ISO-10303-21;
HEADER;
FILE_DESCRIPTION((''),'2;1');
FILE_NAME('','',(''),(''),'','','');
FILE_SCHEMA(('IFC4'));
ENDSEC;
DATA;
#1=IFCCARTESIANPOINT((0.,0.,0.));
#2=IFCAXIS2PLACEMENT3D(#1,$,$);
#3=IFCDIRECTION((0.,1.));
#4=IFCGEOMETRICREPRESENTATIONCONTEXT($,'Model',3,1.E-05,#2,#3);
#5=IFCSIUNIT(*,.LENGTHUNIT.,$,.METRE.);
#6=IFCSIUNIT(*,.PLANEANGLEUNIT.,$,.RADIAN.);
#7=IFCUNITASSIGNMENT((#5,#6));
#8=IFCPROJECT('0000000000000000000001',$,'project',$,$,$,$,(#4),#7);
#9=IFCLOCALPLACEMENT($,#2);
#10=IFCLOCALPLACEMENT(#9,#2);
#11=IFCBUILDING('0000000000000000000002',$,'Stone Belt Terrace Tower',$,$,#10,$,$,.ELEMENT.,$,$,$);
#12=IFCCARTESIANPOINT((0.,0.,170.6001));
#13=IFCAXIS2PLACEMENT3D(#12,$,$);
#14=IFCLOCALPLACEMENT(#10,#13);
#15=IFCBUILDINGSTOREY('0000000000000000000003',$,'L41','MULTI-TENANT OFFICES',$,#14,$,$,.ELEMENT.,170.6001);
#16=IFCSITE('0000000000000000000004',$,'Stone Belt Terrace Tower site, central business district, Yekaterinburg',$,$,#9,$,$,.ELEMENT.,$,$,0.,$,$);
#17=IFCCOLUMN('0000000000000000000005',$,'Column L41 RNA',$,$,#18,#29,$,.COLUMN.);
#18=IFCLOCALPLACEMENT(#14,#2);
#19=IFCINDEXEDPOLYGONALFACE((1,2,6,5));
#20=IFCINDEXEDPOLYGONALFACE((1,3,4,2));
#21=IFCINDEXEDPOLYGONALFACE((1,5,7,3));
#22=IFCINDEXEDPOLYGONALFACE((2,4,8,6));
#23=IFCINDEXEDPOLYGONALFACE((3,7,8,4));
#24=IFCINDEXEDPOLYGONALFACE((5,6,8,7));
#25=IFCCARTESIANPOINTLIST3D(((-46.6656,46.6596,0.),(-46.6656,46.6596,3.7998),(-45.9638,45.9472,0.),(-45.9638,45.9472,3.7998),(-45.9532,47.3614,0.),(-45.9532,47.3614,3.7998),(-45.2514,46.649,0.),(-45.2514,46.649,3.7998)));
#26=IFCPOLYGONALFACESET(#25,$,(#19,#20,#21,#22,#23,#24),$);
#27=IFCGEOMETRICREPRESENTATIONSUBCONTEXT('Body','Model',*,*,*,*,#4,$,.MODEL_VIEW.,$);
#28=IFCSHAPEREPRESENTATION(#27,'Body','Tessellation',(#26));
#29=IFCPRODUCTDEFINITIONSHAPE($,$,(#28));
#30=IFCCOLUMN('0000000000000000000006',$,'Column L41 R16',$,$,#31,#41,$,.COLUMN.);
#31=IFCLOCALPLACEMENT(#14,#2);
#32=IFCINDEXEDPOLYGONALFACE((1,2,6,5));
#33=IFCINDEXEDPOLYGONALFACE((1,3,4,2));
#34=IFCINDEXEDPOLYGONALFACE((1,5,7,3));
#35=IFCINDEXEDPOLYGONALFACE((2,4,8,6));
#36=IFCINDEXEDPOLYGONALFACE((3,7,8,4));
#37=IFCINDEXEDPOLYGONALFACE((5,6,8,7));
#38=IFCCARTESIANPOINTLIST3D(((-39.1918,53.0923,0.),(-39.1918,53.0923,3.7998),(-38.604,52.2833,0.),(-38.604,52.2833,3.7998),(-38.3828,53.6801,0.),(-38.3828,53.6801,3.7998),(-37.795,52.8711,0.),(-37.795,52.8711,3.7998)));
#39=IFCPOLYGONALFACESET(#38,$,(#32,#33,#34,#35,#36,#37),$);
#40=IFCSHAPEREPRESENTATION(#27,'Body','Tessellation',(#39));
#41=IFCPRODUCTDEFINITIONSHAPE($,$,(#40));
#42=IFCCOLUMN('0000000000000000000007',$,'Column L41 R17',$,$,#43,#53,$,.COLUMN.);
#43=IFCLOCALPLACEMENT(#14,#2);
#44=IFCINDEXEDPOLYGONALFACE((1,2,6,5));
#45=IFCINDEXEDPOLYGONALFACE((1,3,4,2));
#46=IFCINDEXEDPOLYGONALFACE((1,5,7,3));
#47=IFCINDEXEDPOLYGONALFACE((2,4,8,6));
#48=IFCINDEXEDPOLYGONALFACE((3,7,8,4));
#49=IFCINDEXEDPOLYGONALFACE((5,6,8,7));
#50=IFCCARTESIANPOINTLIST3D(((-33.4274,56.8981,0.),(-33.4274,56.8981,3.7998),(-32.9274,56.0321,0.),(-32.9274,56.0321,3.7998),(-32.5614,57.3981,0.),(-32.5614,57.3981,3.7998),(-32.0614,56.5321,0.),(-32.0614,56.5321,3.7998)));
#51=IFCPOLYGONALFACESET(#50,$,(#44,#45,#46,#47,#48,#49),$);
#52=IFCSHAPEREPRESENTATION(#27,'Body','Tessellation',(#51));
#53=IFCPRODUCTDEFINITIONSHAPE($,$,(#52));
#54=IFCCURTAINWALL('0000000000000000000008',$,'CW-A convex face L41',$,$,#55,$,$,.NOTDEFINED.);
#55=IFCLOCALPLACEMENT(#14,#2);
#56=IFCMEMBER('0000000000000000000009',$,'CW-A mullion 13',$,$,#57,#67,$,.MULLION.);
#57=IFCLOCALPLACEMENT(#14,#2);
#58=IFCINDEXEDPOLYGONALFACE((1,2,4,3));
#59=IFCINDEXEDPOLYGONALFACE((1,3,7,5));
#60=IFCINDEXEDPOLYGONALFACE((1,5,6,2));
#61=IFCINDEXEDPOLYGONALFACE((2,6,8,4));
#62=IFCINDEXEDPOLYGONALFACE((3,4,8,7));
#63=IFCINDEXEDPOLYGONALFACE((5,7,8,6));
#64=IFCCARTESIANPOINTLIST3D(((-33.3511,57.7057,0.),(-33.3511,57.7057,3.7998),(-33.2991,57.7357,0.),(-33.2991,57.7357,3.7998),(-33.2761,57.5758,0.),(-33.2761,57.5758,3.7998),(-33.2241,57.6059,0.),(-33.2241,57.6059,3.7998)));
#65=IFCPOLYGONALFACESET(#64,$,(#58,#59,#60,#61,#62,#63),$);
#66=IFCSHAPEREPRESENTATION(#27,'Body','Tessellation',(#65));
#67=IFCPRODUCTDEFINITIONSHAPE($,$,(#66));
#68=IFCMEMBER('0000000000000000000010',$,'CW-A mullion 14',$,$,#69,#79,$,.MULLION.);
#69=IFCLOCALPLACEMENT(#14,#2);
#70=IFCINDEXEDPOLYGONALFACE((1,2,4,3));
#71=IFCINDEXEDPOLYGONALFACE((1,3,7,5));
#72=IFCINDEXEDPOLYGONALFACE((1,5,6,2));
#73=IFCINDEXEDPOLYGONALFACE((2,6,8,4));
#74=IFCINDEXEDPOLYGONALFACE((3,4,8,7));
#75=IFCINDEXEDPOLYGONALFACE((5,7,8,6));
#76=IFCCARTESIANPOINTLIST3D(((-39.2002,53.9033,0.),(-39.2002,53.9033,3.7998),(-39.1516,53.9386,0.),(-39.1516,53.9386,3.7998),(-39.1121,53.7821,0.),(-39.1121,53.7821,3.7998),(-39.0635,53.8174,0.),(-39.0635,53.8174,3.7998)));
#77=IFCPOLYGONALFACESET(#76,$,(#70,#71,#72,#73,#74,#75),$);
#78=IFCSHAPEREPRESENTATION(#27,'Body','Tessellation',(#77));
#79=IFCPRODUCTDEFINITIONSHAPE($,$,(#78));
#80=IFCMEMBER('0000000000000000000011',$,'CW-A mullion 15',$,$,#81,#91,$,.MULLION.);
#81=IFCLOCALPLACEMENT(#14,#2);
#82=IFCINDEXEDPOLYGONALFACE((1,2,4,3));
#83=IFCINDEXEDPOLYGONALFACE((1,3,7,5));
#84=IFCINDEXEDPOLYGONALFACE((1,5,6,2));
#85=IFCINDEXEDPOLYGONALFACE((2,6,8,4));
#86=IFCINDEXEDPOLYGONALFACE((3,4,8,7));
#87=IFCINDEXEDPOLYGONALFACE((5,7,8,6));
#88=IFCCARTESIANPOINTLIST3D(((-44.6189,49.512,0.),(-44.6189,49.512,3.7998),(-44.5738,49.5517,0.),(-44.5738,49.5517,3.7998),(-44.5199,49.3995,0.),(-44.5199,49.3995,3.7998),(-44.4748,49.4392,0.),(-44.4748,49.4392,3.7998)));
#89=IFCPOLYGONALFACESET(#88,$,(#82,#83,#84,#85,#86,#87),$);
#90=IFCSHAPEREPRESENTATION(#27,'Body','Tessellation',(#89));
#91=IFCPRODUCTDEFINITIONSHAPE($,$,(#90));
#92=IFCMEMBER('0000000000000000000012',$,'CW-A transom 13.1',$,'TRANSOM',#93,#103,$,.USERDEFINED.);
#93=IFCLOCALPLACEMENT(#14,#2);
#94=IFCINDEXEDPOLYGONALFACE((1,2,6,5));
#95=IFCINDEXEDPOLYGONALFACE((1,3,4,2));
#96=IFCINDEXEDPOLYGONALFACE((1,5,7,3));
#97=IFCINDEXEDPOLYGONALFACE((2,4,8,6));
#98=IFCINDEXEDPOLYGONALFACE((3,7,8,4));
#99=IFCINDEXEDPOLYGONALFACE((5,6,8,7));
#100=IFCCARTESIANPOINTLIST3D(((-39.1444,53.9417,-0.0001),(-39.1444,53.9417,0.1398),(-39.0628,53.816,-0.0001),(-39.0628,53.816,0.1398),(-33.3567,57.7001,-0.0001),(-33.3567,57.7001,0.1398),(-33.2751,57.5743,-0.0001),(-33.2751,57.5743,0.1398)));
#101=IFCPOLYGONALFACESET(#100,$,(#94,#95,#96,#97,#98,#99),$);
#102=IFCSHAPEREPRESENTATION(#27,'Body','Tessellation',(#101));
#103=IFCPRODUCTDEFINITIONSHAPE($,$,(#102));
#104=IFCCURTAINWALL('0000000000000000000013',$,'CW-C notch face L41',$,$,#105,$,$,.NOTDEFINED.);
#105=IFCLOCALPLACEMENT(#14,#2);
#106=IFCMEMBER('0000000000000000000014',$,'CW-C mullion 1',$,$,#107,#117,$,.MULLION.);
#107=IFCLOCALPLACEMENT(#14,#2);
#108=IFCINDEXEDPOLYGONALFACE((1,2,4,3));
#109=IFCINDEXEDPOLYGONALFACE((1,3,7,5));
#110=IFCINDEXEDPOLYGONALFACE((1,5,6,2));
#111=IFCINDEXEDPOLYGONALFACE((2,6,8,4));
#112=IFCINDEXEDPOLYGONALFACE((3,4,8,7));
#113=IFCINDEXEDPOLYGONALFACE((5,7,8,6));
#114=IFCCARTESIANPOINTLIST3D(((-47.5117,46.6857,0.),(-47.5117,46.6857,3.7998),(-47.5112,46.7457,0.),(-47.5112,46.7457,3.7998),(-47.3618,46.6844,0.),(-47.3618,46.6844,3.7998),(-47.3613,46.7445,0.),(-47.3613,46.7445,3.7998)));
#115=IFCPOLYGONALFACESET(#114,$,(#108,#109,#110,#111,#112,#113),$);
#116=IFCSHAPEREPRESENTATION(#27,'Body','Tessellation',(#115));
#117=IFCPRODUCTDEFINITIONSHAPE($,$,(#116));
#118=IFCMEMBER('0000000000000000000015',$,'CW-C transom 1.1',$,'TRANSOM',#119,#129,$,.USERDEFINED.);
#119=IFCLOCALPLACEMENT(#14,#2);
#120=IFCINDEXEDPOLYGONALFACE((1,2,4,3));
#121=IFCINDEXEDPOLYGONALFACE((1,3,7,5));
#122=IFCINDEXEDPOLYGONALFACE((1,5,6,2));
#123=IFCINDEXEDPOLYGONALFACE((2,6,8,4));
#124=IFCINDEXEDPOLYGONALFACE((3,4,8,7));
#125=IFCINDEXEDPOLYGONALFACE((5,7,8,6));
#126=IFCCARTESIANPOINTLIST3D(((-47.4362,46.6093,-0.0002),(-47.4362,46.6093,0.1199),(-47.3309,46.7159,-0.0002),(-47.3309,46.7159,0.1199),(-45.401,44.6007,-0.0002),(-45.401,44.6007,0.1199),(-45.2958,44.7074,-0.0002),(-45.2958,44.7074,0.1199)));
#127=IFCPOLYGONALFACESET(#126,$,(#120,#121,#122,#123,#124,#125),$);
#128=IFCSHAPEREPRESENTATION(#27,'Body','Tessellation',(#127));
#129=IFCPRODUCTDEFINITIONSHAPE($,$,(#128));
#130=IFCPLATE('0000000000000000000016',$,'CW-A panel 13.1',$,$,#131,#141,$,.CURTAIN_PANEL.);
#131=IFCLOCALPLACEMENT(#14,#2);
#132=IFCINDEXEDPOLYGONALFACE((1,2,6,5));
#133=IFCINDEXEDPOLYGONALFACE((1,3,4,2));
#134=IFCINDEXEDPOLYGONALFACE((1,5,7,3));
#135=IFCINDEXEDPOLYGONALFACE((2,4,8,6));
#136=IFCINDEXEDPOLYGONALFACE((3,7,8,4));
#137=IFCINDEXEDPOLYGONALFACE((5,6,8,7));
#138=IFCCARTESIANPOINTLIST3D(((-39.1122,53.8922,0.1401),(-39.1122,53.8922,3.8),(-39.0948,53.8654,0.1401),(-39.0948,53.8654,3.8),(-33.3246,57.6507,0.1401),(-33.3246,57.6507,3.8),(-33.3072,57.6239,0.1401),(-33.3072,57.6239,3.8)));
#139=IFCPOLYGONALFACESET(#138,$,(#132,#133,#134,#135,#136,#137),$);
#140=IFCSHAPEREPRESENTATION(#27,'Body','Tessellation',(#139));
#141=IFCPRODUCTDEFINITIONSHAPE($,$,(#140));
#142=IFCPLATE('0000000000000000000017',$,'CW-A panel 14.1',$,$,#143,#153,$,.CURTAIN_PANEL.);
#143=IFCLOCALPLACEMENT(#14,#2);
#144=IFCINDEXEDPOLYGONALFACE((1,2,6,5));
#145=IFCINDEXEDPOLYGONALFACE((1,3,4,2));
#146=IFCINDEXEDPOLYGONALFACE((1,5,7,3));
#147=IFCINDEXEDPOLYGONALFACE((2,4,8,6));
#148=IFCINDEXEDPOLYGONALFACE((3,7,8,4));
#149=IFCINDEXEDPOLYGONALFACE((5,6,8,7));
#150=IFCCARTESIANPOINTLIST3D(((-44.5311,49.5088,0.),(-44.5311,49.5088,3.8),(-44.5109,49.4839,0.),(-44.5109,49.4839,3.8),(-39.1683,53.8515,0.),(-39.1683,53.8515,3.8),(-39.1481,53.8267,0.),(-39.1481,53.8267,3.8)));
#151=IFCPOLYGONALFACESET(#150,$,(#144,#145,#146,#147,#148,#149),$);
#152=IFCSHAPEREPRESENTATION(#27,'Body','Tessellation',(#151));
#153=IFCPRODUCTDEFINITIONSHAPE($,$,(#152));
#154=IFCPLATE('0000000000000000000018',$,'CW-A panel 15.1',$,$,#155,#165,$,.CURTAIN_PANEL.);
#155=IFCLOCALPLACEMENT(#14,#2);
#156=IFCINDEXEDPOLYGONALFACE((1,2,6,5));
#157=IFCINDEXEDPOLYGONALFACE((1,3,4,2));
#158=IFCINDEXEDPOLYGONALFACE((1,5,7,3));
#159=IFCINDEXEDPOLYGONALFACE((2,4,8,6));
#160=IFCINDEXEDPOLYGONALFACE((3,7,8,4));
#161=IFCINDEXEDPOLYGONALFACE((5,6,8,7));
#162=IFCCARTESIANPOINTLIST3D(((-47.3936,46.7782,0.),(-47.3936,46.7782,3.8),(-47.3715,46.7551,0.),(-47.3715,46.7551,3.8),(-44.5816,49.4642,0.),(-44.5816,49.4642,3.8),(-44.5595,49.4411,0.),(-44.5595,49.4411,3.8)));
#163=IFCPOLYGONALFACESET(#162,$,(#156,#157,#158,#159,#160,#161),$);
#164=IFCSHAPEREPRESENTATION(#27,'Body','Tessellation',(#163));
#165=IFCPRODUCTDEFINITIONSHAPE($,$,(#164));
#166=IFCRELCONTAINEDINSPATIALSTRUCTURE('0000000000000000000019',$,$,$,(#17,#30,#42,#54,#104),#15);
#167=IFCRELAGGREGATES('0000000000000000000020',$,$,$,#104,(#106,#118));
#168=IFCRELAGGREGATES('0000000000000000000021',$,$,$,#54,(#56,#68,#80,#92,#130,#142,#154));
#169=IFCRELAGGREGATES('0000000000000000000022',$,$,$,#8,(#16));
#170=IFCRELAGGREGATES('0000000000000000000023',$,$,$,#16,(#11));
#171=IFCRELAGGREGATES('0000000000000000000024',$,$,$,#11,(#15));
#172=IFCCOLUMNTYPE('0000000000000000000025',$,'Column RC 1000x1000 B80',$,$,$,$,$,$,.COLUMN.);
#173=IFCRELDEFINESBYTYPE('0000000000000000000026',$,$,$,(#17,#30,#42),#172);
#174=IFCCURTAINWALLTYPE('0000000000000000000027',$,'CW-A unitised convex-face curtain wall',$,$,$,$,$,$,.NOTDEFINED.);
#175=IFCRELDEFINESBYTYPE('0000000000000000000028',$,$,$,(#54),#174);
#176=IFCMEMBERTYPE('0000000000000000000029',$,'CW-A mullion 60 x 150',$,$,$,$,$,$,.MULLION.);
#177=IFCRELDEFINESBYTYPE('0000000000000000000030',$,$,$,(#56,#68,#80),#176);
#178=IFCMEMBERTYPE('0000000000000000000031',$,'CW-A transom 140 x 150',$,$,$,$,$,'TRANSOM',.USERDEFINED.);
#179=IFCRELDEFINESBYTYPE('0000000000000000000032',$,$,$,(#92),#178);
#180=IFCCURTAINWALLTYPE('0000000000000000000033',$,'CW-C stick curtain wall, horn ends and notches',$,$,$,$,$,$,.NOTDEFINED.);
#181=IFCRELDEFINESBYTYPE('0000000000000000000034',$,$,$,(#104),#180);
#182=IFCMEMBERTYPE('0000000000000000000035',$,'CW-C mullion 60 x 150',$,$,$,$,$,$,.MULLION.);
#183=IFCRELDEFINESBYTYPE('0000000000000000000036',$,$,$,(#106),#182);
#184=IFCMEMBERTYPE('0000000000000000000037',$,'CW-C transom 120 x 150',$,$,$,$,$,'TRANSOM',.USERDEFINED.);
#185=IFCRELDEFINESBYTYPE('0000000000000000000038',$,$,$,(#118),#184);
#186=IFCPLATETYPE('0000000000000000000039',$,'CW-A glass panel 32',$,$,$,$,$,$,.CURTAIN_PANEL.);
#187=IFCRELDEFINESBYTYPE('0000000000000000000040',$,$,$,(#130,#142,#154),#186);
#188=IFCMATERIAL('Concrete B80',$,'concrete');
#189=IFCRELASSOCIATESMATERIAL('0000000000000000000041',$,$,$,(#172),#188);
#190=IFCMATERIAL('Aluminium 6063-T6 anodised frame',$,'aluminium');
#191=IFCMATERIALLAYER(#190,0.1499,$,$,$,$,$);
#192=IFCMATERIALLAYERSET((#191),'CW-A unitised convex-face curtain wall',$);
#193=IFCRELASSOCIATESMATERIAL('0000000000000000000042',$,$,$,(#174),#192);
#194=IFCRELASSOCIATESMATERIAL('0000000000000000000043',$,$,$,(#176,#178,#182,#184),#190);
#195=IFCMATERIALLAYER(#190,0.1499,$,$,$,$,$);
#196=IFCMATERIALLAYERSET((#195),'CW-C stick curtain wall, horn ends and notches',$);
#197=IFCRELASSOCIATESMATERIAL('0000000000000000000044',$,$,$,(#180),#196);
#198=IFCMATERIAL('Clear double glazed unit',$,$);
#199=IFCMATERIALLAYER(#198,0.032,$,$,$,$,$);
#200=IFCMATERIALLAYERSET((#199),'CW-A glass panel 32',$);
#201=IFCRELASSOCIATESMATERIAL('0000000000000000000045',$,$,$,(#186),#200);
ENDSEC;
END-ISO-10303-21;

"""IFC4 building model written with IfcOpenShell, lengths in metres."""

from ifc_helpers import new_model, si_unit, direction, frame, origin, origin_2d, place, context, subcontext, project, spatial, rectangle, extrude, material, layer, layer_set, material_profile, profile_set, type_object, element, aggregate, save


model = new_model("IFC4")

# Units and contexts
model_context = context("Model", 3, precision=1e-05, world=origin(), true_north=direction((0.0, 1.0)))
body_context = subcontext(model_context, "Body", "Model", "MODEL_VIEW")
ifc_project = project(units=[si_unit("LENGTHUNIT", "METRE"), si_unit("PLANEANGLEUNIT", "RADIAN")], contexts=[model_context])

# Site, building, storey
site_placement = place(None, origin())
site = spatial("IfcSite", under=ifc_project, at=site_placement, Name="Stone Belt Terrace Tower site, central business district, Yekaterinburg", CompositionType="ELEMENT", RefElevation=0.0)
building_placement = place(site_placement, origin())
building = spatial("IfcBuilding", under=site, at=building_placement, Name="Stone Belt Terrace Tower", CompositionType="ELEMENT")
storey_placement = place(building_placement, frame((0.0, 0.0, 170.6001)))
storey = spatial("IfcBuildingStorey", under=building, at=storey_placement, Name="L41", Description="MULTI-TENANT OFFICES", CompositionType="ELEMENT", Elevation=170.6001)

# Columns
ifc_material_1 = material(Name="Concrete B80", Category="concrete")
ifc_material_profile_1 = material_profile(ifc_material_1, rectangle(XDim=1.0, YDim=1.0, at=origin_2d()), Name="RC 1000x1000")
ifc_profile_set_1 = profile_set([ifc_material_profile_1], Name="Concrete B80")
column_type = type_object("IfcColumnType", Name="Column RC 1000x1000 B80", PredefinedType="COLUMN", material=ifc_profile_set_1)
for number, where, z_axis, x_axis, name in (
    (1, (-45.9585, 46.6543, 0.0), (0.0, 0.0, 1.0), (0.712398, 0.701775, 0.0), "Column L41 RNA"),
    (2, (-38.4934, 52.9817, 0.0), (0.0, 0.0, 1.0), (0.809017, 0.587785, 0.0), "Column L41 R16"),
    (3, (-32.7444, 56.7151, 0.0), (0.0, 0.0, 1.0), (0.866025, 0.5, 0.0), "Column L41 R17"),
):
    element("IfcColumn", number, at=place(storey_placement, frame(where, z_axis=z_axis, x_axis=x_axis)), inside=storey, type_object=column_type, Name=name, PredefinedType="COLUMN", context=body_context, shape_type="SweptSolid", body=[
        extrude(rectangle(XDim=1.0, YDim=1.0, at=origin_2d()), origin(), (0.0, 0.0, 1.0), 3.7998),
    ])

# Curtain walls, members
ifc_material_2 = material(Name="Aluminium 6063-T6 anodised frame", Category="aluminium")
ifc_layer_1 = layer(ifc_material_2, 0.1499)
ifc_layer_set_1 = layer_set([ifc_layer_1], Name="CW-A unitised convex-face curtain wall")
curtain_wall_type_1 = type_object("IfcCurtainWallType", Name="CW-A unitised convex-face curtain wall", PredefinedType="NOTDEFINED", material=ifc_layer_set_1)
curtain_wall_1_placement = place(storey_placement, origin())
curtain_wall_1 = element("IfcCurtainWall", 4, at=curtain_wall_1_placement, inside=storey, type_object=curtain_wall_type_1, Name="CW-A convex face L41", PredefinedType="NOTDEFINED")
ifc_material_profile_2 = material_profile(ifc_material_2, rectangle(XDim=0.1499, YDim=0.0601, at=origin_2d()), Name="Aluminium 6063-T6 60x150")
ifc_profile_set_2 = profile_set([ifc_material_profile_2], Name="Aluminium 6063-T6 anodised frame")
member_type_1 = type_object("IfcMemberType", Name="CW-A mullion 60 x 150", PredefinedType="MULLION", material=ifc_profile_set_2)
member_1_placement = place(storey_placement, frame((-33.2876, 57.6558, 0.0), z_axis=(0.0, 0.0, 1.0), x_axis=(0.5, -0.866025, 0.0)))
member_1 = element("IfcMember", 5, at=member_1_placement, type_object=member_type_1, Name="CW-A mullion 13", PredefinedType="MULLION", context=body_context, shape_type="SweptSolid", body=[
    extrude(rectangle(XDim=0.1499, YDim=0.0601, at=origin_2d()), origin(), (0.0, 0.0, 1.0), 3.7998),
])
member_2_placement = place(storey_placement, frame((-39.1318, 53.8604, 0.0), z_axis=(0.0, 0.0, 1.0), x_axis=(0.587785, -0.809017, 0.0)))
member_2 = element("IfcMember", 6, at=member_2_placement, type_object=member_type_1, Name="CW-A mullion 14", PredefinedType="MULLION", context=body_context, shape_type="SweptSolid", body=[
    extrude(rectangle(XDim=0.1499, YDim=0.0601, at=origin_2d()), origin(), (0.0, 0.0, 1.0), 3.7998),
])
member_3_placement = place(storey_placement, frame((-44.5469, 49.4756, 0.0), z_axis=(0.0, 0.0, 1.0), x_axis=(0.660573, -0.750761, 0.0)))
member_3 = element("IfcMember", 7, at=member_3_placement, type_object=member_type_1, Name="CW-A mullion 15", PredefinedType="MULLION", context=body_context, shape_type="SweptSolid", body=[
    extrude(rectangle(XDim=0.1499, YDim=0.0601, at=origin_2d()), origin(), (0.0, 0.0, 1.0), 3.7998),
])
ifc_material_profile_3 = material_profile(ifc_material_2, rectangle(XDim=0.1499, YDim=0.1399, at=origin_2d()), Name="Aluminium 6063-T6 150x140")
ifc_profile_set_3 = profile_set([ifc_material_profile_3], Name="Aluminium 6063-T6 anodised frame")
member_type_2 = type_object("IfcMemberType", Name="CW-A transom 140 x 150", ElementType="TRANSOM", PredefinedType="USERDEFINED", material=ifc_profile_set_3)
member_4_placement = place(storey_placement, frame((-33.3159, 57.6372, 0.0698), z_axis=(-0.838684, -0.544618, 0.0), x_axis=(0.544618, -0.838684, 0.0)))
member_4 = element("IfcMember", 8, at=member_4_placement, type_object=member_type_2, Name="CW-A transom 13.1", ObjectType="TRANSOM", PredefinedType="USERDEFINED", context=body_context, shape_type="SweptSolid", body=[
    extrude(rectangle(XDim=0.1499, YDim=0.1399, at=origin_2d()), origin(), (0.0, 0.0, 1.0), 6.9009),
])
ifc_layer_2 = layer(ifc_material_2, 0.1499)
ifc_layer_set_2 = layer_set([ifc_layer_2], Name="CW-C stick curtain wall, horn ends and notches")
curtain_wall_type_2 = type_object("IfcCurtainWallType", Name="CW-C stick curtain wall, horn ends and notches", PredefinedType="NOTDEFINED", material=ifc_layer_set_2)
curtain_wall_2_placement = place(storey_placement, origin())
curtain_wall_2 = element("IfcCurtainWall", 9, at=curtain_wall_2_placement, inside=storey, type_object=curtain_wall_type_2, Name="CW-C notch face L41", PredefinedType="NOTDEFINED")
ifc_material_profile_4 = material_profile(ifc_material_2, rectangle(XDim=0.1499, YDim=0.0601, at=origin_2d()), Name="Aluminium 6063-T6 60x150")
ifc_profile_set_4 = profile_set([ifc_material_profile_4], Name="Aluminium 6063-T6 anodised frame")
member_type_3 = type_object("IfcMemberType", Name="CW-C mullion 60 x 150", PredefinedType="MULLION", material=ifc_profile_set_4)
member_5_placement = place(storey_placement, frame((-47.4365, 46.7151, 0.0), z_axis=(0.0, 0.0, 1.0), x_axis=(0.999966, -0.008188, 0.0)))
member_5 = element("IfcMember", 10, at=member_5_placement, type_object=member_type_3, Name="CW-C mullion 1", PredefinedType="MULLION", context=body_context, shape_type="SweptSolid", body=[
    extrude(rectangle(XDim=0.1499, YDim=0.0601, at=origin_2d()), origin(), (0.0, 0.0, 1.0), 3.7998),
])
ifc_material_profile_5 = material_profile(ifc_material_2, rectangle(XDim=0.1499, YDim=0.1201, at=origin_2d()), Name="Aluminium 6063-T6 150x120")
ifc_profile_set_5 = profile_set([ifc_material_profile_5], Name="Aluminium 6063-T6 anodised frame")
member_type_4 = type_object("IfcMemberType", Name="CW-C transom 120 x 150", ElementType="TRANSOM", PredefinedType="USERDEFINED", material=ifc_profile_set_5)
member_6_placement = place(storey_placement, frame((-47.3835, 46.6626, 0.0598), z_axis=(0.711745, -0.702438, 0.0), x_axis=(0.702438, 0.711745, 0.0)))
member_6 = element("IfcMember", 11, at=member_6_placement, type_object=member_type_4, Name="CW-C transom 1.1", ObjectType="TRANSOM", PredefinedType="USERDEFINED", context=body_context, shape_type="SweptSolid", body=[
    extrude(rectangle(XDim=0.1499, YDim=0.1201, at=origin_2d()), origin(), (0.0, 0.0, 1.0), 2.8594),
])
aggregate(curtain_wall_2, [member_5, member_6])

# Plates
ifc_material_3 = material(Name="Clear double glazed unit")
ifc_layer_3 = layer(ifc_material_3, 0.032)
ifc_layer_set_3 = layer_set([ifc_layer_3], Name="CW-A glass panel 32")
plate_type = type_object("IfcPlateType", Name="CW-A glass panel 32", PredefinedType="CURTAIN_PANEL", material=ifc_layer_set_3)
plate_1_placement = place(storey_placement, frame((-36.2097, 55.7581, 0.1401), z_axis=(0.0, 0.0, 1.0), x_axis=(-0.838671, -0.544639, 0.0)))
plate_1 = element("IfcPlate", 12, at=plate_1_placement, type_object=plate_type, Name="CW-A panel 13.1", PredefinedType="CURTAIN_PANEL", context=body_context, shape_type="SweptSolid", body=[
    extrude(rectangle(XDim=6.9009, YDim=0.032, at=origin_2d()), origin(), (0.0, 0.0, 1.0), 3.6599),
])
plate_2_placement = place(storey_placement, frame((-41.8396, 51.6677, 0.0), z_axis=(0.0, 0.0, 1.0), x_axis=(-0.777146, -0.62932, 0.0)))
plate_2 = element("IfcPlate", 13, at=plate_2_placement, type_object=plate_type, Name="CW-A panel 14.1", PredefinedType="CURTAIN_PANEL", context=body_context, shape_type="SweptSolid", body=[
    extrude(rectangle(XDim=6.9006, YDim=0.032, at=origin_2d()), origin(), (0.0, 0.0, 1.0), 3.8),
])
plate_3_placement = place(storey_placement, frame((-45.9766, 48.1096, 0.0), z_axis=(0.0, 0.0, 1.0), x_axis=(-0.723121, -0.690721, 0.0)))
plate_3 = element("IfcPlate", 14, at=plate_3_placement, type_object=plate_type, Name="CW-A panel 15.1", PredefinedType="CURTAIN_PANEL", context=body_context, shape_type="SweptSolid", body=[
    extrude(rectangle(XDim=3.8887, YDim=0.032, at=origin_2d()), origin(), (0.0, 0.0, 1.0), 3.8),
])
aggregate(curtain_wall_1, [member_1, member_2, member_3, member_4, plate_1, plate_2, plate_3])

save(model, "model.ifc")
